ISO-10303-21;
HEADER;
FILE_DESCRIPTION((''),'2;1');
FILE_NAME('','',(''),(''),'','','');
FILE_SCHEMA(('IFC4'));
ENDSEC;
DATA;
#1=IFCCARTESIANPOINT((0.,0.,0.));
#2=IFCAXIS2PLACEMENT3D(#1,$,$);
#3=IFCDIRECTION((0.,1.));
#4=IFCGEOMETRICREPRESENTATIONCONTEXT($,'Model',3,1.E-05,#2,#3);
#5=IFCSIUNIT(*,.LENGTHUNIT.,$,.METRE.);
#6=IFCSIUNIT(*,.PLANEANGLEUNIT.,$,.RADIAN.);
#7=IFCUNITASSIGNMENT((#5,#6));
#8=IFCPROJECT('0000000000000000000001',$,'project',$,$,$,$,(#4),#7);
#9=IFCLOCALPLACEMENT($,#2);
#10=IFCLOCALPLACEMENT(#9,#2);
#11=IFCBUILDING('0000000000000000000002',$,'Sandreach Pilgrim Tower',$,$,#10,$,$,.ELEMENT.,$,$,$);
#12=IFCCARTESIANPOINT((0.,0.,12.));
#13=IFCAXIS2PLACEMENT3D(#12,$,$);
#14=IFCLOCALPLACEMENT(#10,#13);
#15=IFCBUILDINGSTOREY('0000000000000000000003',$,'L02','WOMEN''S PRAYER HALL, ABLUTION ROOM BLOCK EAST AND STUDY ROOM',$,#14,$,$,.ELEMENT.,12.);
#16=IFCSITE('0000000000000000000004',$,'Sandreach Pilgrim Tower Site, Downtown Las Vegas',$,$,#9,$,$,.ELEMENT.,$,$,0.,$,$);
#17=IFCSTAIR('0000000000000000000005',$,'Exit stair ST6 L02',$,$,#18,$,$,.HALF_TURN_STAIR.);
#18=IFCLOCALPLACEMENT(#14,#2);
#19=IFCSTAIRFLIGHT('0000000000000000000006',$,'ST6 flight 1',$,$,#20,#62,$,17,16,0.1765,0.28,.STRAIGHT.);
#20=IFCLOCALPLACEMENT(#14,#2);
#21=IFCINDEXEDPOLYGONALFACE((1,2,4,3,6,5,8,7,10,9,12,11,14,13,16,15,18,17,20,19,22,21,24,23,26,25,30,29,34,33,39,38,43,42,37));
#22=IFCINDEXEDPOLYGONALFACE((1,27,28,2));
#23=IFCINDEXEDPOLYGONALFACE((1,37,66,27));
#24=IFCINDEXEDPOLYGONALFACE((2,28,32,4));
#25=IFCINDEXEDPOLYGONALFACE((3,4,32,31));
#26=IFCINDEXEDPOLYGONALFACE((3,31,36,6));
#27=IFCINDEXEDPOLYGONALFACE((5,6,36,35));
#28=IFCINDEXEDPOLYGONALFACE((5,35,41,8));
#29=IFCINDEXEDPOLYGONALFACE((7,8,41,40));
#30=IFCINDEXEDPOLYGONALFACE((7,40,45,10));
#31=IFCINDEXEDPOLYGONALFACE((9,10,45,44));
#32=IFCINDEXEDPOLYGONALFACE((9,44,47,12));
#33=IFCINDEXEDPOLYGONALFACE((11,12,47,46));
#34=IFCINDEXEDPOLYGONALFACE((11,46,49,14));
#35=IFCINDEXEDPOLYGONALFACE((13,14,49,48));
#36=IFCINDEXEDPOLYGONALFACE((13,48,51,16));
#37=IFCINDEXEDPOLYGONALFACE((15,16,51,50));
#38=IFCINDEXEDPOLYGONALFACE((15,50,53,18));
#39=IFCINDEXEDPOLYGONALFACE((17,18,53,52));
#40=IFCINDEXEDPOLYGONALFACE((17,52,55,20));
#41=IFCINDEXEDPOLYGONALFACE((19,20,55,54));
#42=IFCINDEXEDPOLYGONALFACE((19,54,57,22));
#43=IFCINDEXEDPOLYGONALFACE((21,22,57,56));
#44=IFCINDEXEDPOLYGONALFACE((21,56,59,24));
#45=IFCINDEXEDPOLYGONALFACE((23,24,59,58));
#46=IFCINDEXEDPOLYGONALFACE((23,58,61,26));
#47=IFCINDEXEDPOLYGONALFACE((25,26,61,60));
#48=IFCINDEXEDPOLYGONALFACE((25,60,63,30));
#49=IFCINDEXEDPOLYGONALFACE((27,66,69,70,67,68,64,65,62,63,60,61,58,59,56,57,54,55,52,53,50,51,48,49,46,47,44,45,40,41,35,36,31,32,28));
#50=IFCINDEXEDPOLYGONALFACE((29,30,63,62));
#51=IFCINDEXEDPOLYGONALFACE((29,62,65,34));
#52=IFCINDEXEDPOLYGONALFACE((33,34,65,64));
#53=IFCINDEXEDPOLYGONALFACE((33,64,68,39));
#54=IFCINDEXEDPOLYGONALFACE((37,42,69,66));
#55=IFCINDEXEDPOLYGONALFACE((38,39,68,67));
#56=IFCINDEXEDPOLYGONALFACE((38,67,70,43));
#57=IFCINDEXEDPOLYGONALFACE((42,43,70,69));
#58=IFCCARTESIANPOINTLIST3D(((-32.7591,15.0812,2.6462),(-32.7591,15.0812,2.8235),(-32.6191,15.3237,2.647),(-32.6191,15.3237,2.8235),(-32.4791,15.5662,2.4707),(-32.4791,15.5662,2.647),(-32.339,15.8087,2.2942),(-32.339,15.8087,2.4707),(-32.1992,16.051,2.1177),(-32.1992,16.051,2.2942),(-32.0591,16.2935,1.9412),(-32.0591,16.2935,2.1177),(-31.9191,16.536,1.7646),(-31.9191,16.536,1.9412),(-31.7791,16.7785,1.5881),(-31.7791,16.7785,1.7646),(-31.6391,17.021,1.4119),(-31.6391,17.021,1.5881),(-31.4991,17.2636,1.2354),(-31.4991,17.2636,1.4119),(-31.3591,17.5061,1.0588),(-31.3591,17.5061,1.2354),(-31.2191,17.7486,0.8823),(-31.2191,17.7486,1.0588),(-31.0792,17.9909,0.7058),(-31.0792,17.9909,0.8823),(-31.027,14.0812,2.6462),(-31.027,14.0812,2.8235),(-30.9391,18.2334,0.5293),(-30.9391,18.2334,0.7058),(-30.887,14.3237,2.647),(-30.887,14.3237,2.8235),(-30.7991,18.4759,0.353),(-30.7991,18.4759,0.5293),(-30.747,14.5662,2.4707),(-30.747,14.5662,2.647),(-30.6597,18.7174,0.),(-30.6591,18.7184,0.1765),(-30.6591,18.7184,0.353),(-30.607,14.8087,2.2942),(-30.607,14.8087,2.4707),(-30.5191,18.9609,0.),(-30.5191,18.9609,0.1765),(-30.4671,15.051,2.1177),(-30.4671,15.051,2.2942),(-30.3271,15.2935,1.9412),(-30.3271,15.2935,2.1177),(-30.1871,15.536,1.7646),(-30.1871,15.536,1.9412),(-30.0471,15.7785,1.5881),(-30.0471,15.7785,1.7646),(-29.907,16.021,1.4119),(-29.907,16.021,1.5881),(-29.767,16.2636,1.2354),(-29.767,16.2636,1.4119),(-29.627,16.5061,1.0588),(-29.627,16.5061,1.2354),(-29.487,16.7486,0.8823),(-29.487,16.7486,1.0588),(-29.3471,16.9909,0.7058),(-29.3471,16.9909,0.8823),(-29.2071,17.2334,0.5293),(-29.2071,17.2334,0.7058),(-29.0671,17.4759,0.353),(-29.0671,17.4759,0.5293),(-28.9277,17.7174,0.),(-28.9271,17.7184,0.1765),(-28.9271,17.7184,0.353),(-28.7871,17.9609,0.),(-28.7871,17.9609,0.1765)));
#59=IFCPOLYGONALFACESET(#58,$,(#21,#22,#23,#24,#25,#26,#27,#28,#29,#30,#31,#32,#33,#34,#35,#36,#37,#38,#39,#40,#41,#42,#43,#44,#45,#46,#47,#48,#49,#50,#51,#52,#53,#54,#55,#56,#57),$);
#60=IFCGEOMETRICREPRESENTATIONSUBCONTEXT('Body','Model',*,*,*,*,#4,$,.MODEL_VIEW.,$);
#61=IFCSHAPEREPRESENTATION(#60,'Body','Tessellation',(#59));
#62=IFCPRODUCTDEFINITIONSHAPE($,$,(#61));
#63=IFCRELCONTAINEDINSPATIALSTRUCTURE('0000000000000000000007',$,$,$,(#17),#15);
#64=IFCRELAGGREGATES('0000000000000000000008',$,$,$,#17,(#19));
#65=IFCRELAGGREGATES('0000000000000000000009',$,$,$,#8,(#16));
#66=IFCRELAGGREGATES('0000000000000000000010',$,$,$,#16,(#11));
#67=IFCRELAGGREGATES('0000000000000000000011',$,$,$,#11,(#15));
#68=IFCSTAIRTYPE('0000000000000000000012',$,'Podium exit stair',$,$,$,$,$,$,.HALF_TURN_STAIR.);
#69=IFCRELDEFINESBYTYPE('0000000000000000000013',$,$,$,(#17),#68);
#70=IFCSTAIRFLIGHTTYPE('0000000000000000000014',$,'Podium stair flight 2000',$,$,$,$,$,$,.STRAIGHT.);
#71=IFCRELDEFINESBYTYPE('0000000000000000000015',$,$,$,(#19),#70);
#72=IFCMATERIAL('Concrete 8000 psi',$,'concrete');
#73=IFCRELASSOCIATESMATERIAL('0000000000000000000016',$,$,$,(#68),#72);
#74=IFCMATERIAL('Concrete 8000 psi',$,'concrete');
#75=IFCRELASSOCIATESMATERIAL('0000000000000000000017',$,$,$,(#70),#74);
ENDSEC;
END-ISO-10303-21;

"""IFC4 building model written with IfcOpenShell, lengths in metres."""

from ifc_helpers import new_model, si_unit, direction, frame, origin, place, context, subcontext, project, spatial, polyline, outline, extrude, material, type_object, element, aggregate, save


model = new_model("IFC4")

# Units and contexts
model_context = context("Model", 3, precision=1e-05, world=origin(), true_north=direction((0.0, 1.0)))
body_context = subcontext(model_context, "Body", "Model", "MODEL_VIEW")
ifc_project = project(units=[si_unit("LENGTHUNIT", "METRE"), si_unit("PLANEANGLEUNIT", "RADIAN")], contexts=[model_context])

# Site, building, storey
site_placement = place(None, origin())
site = spatial("IfcSite", under=ifc_project, at=site_placement, Name="Sandreach Pilgrim Tower Site, Downtown Las Vegas", CompositionType="ELEMENT", RefElevation=0.0)
building_placement = place(site_placement, origin())
building = spatial("IfcBuilding", under=site, at=building_placement, Name="Sandreach Pilgrim Tower", CompositionType="ELEMENT")
storey_placement = place(building_placement, frame((0.0, 0.0, 12.0)))
storey = spatial("IfcBuildingStorey", under=building, at=storey_placement, Name="L02", Description="WOMEN'S PRAYER HALL, ABLUTION ROOM BLOCK EAST AND STUDY ROOM", CompositionType="ELEMENT", Elevation=12.0)

# Stair, stair flight
ifc_material_1 = material(Name="Concrete 8000 psi", Category="concrete")
stair_type = type_object("IfcStairType", Name="Podium exit stair", PredefinedType="HALF_TURN_STAIR", material=ifc_material_1)
stair_placement = place(storey_placement, origin())
stair = element("IfcStair", 1, at=stair_placement, inside=storey, type_object=stair_type, Name="Exit stair ST6 L02", PredefinedType="HALF_TURN_STAIR")
ifc_material_2 = material(Name="Concrete 8000 psi", Category="concrete")
stair_flight_type = type_object("IfcStairFlightType", Name="Podium stair flight 2000", PredefinedType="STRAIGHT", material=ifc_material_2)
stair_flight_placement = place(storey_placement, frame((-29.6531, 18.4609, 0.0), z_axis=(0.0, 0.0, 1.0), x_axis=(-0.5, -0.866025, 0.0)))
stair_flight = element("IfcStairFlight", 2, at=stair_flight_placement, type_object=stair_flight_type, Name="ST6 flight 1", NumberOfRisers=17, NumberOfTreads=16, PredefinedType="STRAIGHT", RiserHeight=0.1765, TreadLength=0.28, context=body_context, shape_type="SweptSolid", body=[
    extrude(outline(polyline([(0.0, 0.0), (0.0, 0.1765), (0.28, 0.1765), (0.28, 0.353), (0.5601, 0.353), (0.5601, 0.5293), (0.8401, 0.5293), (0.8401, 0.7058), (1.1201, 0.7058), (1.1201, 0.8823), (1.3999, 0.8823), (1.3999, 1.0588), (1.6799, 1.0588), (1.6799, 1.2354), (1.96, 1.2354), (1.96, 1.4119), (2.24, 1.4119), (2.24, 1.5881), (2.52, 1.5881), (2.52, 1.7646), (2.8, 1.7646), (2.8, 1.9412), (3.0801, 1.9412), (3.0801, 2.1177), (3.3601, 2.1177), (3.3601, 2.2942), (3.6399, 2.2942), (3.6399, 2.4707), (3.9199, 2.4707), (3.9199, 2.647), (4.2, 2.647), (4.2, 2.8235), (4.48, 2.8235), (4.48, 3.0), (4.48, 2.6462), (0.2812, 0.0), (0.0, 0.0)])), frame((0.0, 1.0, 0.0), z_axis=(0.0, -1.0, 0.0), x_axis=(1.0, 0.0, 0.0)), (0.0, 0.0, 1.0), 2.0),
])
aggregate(stair, [stair_flight])

save(model, "model.ifc")
